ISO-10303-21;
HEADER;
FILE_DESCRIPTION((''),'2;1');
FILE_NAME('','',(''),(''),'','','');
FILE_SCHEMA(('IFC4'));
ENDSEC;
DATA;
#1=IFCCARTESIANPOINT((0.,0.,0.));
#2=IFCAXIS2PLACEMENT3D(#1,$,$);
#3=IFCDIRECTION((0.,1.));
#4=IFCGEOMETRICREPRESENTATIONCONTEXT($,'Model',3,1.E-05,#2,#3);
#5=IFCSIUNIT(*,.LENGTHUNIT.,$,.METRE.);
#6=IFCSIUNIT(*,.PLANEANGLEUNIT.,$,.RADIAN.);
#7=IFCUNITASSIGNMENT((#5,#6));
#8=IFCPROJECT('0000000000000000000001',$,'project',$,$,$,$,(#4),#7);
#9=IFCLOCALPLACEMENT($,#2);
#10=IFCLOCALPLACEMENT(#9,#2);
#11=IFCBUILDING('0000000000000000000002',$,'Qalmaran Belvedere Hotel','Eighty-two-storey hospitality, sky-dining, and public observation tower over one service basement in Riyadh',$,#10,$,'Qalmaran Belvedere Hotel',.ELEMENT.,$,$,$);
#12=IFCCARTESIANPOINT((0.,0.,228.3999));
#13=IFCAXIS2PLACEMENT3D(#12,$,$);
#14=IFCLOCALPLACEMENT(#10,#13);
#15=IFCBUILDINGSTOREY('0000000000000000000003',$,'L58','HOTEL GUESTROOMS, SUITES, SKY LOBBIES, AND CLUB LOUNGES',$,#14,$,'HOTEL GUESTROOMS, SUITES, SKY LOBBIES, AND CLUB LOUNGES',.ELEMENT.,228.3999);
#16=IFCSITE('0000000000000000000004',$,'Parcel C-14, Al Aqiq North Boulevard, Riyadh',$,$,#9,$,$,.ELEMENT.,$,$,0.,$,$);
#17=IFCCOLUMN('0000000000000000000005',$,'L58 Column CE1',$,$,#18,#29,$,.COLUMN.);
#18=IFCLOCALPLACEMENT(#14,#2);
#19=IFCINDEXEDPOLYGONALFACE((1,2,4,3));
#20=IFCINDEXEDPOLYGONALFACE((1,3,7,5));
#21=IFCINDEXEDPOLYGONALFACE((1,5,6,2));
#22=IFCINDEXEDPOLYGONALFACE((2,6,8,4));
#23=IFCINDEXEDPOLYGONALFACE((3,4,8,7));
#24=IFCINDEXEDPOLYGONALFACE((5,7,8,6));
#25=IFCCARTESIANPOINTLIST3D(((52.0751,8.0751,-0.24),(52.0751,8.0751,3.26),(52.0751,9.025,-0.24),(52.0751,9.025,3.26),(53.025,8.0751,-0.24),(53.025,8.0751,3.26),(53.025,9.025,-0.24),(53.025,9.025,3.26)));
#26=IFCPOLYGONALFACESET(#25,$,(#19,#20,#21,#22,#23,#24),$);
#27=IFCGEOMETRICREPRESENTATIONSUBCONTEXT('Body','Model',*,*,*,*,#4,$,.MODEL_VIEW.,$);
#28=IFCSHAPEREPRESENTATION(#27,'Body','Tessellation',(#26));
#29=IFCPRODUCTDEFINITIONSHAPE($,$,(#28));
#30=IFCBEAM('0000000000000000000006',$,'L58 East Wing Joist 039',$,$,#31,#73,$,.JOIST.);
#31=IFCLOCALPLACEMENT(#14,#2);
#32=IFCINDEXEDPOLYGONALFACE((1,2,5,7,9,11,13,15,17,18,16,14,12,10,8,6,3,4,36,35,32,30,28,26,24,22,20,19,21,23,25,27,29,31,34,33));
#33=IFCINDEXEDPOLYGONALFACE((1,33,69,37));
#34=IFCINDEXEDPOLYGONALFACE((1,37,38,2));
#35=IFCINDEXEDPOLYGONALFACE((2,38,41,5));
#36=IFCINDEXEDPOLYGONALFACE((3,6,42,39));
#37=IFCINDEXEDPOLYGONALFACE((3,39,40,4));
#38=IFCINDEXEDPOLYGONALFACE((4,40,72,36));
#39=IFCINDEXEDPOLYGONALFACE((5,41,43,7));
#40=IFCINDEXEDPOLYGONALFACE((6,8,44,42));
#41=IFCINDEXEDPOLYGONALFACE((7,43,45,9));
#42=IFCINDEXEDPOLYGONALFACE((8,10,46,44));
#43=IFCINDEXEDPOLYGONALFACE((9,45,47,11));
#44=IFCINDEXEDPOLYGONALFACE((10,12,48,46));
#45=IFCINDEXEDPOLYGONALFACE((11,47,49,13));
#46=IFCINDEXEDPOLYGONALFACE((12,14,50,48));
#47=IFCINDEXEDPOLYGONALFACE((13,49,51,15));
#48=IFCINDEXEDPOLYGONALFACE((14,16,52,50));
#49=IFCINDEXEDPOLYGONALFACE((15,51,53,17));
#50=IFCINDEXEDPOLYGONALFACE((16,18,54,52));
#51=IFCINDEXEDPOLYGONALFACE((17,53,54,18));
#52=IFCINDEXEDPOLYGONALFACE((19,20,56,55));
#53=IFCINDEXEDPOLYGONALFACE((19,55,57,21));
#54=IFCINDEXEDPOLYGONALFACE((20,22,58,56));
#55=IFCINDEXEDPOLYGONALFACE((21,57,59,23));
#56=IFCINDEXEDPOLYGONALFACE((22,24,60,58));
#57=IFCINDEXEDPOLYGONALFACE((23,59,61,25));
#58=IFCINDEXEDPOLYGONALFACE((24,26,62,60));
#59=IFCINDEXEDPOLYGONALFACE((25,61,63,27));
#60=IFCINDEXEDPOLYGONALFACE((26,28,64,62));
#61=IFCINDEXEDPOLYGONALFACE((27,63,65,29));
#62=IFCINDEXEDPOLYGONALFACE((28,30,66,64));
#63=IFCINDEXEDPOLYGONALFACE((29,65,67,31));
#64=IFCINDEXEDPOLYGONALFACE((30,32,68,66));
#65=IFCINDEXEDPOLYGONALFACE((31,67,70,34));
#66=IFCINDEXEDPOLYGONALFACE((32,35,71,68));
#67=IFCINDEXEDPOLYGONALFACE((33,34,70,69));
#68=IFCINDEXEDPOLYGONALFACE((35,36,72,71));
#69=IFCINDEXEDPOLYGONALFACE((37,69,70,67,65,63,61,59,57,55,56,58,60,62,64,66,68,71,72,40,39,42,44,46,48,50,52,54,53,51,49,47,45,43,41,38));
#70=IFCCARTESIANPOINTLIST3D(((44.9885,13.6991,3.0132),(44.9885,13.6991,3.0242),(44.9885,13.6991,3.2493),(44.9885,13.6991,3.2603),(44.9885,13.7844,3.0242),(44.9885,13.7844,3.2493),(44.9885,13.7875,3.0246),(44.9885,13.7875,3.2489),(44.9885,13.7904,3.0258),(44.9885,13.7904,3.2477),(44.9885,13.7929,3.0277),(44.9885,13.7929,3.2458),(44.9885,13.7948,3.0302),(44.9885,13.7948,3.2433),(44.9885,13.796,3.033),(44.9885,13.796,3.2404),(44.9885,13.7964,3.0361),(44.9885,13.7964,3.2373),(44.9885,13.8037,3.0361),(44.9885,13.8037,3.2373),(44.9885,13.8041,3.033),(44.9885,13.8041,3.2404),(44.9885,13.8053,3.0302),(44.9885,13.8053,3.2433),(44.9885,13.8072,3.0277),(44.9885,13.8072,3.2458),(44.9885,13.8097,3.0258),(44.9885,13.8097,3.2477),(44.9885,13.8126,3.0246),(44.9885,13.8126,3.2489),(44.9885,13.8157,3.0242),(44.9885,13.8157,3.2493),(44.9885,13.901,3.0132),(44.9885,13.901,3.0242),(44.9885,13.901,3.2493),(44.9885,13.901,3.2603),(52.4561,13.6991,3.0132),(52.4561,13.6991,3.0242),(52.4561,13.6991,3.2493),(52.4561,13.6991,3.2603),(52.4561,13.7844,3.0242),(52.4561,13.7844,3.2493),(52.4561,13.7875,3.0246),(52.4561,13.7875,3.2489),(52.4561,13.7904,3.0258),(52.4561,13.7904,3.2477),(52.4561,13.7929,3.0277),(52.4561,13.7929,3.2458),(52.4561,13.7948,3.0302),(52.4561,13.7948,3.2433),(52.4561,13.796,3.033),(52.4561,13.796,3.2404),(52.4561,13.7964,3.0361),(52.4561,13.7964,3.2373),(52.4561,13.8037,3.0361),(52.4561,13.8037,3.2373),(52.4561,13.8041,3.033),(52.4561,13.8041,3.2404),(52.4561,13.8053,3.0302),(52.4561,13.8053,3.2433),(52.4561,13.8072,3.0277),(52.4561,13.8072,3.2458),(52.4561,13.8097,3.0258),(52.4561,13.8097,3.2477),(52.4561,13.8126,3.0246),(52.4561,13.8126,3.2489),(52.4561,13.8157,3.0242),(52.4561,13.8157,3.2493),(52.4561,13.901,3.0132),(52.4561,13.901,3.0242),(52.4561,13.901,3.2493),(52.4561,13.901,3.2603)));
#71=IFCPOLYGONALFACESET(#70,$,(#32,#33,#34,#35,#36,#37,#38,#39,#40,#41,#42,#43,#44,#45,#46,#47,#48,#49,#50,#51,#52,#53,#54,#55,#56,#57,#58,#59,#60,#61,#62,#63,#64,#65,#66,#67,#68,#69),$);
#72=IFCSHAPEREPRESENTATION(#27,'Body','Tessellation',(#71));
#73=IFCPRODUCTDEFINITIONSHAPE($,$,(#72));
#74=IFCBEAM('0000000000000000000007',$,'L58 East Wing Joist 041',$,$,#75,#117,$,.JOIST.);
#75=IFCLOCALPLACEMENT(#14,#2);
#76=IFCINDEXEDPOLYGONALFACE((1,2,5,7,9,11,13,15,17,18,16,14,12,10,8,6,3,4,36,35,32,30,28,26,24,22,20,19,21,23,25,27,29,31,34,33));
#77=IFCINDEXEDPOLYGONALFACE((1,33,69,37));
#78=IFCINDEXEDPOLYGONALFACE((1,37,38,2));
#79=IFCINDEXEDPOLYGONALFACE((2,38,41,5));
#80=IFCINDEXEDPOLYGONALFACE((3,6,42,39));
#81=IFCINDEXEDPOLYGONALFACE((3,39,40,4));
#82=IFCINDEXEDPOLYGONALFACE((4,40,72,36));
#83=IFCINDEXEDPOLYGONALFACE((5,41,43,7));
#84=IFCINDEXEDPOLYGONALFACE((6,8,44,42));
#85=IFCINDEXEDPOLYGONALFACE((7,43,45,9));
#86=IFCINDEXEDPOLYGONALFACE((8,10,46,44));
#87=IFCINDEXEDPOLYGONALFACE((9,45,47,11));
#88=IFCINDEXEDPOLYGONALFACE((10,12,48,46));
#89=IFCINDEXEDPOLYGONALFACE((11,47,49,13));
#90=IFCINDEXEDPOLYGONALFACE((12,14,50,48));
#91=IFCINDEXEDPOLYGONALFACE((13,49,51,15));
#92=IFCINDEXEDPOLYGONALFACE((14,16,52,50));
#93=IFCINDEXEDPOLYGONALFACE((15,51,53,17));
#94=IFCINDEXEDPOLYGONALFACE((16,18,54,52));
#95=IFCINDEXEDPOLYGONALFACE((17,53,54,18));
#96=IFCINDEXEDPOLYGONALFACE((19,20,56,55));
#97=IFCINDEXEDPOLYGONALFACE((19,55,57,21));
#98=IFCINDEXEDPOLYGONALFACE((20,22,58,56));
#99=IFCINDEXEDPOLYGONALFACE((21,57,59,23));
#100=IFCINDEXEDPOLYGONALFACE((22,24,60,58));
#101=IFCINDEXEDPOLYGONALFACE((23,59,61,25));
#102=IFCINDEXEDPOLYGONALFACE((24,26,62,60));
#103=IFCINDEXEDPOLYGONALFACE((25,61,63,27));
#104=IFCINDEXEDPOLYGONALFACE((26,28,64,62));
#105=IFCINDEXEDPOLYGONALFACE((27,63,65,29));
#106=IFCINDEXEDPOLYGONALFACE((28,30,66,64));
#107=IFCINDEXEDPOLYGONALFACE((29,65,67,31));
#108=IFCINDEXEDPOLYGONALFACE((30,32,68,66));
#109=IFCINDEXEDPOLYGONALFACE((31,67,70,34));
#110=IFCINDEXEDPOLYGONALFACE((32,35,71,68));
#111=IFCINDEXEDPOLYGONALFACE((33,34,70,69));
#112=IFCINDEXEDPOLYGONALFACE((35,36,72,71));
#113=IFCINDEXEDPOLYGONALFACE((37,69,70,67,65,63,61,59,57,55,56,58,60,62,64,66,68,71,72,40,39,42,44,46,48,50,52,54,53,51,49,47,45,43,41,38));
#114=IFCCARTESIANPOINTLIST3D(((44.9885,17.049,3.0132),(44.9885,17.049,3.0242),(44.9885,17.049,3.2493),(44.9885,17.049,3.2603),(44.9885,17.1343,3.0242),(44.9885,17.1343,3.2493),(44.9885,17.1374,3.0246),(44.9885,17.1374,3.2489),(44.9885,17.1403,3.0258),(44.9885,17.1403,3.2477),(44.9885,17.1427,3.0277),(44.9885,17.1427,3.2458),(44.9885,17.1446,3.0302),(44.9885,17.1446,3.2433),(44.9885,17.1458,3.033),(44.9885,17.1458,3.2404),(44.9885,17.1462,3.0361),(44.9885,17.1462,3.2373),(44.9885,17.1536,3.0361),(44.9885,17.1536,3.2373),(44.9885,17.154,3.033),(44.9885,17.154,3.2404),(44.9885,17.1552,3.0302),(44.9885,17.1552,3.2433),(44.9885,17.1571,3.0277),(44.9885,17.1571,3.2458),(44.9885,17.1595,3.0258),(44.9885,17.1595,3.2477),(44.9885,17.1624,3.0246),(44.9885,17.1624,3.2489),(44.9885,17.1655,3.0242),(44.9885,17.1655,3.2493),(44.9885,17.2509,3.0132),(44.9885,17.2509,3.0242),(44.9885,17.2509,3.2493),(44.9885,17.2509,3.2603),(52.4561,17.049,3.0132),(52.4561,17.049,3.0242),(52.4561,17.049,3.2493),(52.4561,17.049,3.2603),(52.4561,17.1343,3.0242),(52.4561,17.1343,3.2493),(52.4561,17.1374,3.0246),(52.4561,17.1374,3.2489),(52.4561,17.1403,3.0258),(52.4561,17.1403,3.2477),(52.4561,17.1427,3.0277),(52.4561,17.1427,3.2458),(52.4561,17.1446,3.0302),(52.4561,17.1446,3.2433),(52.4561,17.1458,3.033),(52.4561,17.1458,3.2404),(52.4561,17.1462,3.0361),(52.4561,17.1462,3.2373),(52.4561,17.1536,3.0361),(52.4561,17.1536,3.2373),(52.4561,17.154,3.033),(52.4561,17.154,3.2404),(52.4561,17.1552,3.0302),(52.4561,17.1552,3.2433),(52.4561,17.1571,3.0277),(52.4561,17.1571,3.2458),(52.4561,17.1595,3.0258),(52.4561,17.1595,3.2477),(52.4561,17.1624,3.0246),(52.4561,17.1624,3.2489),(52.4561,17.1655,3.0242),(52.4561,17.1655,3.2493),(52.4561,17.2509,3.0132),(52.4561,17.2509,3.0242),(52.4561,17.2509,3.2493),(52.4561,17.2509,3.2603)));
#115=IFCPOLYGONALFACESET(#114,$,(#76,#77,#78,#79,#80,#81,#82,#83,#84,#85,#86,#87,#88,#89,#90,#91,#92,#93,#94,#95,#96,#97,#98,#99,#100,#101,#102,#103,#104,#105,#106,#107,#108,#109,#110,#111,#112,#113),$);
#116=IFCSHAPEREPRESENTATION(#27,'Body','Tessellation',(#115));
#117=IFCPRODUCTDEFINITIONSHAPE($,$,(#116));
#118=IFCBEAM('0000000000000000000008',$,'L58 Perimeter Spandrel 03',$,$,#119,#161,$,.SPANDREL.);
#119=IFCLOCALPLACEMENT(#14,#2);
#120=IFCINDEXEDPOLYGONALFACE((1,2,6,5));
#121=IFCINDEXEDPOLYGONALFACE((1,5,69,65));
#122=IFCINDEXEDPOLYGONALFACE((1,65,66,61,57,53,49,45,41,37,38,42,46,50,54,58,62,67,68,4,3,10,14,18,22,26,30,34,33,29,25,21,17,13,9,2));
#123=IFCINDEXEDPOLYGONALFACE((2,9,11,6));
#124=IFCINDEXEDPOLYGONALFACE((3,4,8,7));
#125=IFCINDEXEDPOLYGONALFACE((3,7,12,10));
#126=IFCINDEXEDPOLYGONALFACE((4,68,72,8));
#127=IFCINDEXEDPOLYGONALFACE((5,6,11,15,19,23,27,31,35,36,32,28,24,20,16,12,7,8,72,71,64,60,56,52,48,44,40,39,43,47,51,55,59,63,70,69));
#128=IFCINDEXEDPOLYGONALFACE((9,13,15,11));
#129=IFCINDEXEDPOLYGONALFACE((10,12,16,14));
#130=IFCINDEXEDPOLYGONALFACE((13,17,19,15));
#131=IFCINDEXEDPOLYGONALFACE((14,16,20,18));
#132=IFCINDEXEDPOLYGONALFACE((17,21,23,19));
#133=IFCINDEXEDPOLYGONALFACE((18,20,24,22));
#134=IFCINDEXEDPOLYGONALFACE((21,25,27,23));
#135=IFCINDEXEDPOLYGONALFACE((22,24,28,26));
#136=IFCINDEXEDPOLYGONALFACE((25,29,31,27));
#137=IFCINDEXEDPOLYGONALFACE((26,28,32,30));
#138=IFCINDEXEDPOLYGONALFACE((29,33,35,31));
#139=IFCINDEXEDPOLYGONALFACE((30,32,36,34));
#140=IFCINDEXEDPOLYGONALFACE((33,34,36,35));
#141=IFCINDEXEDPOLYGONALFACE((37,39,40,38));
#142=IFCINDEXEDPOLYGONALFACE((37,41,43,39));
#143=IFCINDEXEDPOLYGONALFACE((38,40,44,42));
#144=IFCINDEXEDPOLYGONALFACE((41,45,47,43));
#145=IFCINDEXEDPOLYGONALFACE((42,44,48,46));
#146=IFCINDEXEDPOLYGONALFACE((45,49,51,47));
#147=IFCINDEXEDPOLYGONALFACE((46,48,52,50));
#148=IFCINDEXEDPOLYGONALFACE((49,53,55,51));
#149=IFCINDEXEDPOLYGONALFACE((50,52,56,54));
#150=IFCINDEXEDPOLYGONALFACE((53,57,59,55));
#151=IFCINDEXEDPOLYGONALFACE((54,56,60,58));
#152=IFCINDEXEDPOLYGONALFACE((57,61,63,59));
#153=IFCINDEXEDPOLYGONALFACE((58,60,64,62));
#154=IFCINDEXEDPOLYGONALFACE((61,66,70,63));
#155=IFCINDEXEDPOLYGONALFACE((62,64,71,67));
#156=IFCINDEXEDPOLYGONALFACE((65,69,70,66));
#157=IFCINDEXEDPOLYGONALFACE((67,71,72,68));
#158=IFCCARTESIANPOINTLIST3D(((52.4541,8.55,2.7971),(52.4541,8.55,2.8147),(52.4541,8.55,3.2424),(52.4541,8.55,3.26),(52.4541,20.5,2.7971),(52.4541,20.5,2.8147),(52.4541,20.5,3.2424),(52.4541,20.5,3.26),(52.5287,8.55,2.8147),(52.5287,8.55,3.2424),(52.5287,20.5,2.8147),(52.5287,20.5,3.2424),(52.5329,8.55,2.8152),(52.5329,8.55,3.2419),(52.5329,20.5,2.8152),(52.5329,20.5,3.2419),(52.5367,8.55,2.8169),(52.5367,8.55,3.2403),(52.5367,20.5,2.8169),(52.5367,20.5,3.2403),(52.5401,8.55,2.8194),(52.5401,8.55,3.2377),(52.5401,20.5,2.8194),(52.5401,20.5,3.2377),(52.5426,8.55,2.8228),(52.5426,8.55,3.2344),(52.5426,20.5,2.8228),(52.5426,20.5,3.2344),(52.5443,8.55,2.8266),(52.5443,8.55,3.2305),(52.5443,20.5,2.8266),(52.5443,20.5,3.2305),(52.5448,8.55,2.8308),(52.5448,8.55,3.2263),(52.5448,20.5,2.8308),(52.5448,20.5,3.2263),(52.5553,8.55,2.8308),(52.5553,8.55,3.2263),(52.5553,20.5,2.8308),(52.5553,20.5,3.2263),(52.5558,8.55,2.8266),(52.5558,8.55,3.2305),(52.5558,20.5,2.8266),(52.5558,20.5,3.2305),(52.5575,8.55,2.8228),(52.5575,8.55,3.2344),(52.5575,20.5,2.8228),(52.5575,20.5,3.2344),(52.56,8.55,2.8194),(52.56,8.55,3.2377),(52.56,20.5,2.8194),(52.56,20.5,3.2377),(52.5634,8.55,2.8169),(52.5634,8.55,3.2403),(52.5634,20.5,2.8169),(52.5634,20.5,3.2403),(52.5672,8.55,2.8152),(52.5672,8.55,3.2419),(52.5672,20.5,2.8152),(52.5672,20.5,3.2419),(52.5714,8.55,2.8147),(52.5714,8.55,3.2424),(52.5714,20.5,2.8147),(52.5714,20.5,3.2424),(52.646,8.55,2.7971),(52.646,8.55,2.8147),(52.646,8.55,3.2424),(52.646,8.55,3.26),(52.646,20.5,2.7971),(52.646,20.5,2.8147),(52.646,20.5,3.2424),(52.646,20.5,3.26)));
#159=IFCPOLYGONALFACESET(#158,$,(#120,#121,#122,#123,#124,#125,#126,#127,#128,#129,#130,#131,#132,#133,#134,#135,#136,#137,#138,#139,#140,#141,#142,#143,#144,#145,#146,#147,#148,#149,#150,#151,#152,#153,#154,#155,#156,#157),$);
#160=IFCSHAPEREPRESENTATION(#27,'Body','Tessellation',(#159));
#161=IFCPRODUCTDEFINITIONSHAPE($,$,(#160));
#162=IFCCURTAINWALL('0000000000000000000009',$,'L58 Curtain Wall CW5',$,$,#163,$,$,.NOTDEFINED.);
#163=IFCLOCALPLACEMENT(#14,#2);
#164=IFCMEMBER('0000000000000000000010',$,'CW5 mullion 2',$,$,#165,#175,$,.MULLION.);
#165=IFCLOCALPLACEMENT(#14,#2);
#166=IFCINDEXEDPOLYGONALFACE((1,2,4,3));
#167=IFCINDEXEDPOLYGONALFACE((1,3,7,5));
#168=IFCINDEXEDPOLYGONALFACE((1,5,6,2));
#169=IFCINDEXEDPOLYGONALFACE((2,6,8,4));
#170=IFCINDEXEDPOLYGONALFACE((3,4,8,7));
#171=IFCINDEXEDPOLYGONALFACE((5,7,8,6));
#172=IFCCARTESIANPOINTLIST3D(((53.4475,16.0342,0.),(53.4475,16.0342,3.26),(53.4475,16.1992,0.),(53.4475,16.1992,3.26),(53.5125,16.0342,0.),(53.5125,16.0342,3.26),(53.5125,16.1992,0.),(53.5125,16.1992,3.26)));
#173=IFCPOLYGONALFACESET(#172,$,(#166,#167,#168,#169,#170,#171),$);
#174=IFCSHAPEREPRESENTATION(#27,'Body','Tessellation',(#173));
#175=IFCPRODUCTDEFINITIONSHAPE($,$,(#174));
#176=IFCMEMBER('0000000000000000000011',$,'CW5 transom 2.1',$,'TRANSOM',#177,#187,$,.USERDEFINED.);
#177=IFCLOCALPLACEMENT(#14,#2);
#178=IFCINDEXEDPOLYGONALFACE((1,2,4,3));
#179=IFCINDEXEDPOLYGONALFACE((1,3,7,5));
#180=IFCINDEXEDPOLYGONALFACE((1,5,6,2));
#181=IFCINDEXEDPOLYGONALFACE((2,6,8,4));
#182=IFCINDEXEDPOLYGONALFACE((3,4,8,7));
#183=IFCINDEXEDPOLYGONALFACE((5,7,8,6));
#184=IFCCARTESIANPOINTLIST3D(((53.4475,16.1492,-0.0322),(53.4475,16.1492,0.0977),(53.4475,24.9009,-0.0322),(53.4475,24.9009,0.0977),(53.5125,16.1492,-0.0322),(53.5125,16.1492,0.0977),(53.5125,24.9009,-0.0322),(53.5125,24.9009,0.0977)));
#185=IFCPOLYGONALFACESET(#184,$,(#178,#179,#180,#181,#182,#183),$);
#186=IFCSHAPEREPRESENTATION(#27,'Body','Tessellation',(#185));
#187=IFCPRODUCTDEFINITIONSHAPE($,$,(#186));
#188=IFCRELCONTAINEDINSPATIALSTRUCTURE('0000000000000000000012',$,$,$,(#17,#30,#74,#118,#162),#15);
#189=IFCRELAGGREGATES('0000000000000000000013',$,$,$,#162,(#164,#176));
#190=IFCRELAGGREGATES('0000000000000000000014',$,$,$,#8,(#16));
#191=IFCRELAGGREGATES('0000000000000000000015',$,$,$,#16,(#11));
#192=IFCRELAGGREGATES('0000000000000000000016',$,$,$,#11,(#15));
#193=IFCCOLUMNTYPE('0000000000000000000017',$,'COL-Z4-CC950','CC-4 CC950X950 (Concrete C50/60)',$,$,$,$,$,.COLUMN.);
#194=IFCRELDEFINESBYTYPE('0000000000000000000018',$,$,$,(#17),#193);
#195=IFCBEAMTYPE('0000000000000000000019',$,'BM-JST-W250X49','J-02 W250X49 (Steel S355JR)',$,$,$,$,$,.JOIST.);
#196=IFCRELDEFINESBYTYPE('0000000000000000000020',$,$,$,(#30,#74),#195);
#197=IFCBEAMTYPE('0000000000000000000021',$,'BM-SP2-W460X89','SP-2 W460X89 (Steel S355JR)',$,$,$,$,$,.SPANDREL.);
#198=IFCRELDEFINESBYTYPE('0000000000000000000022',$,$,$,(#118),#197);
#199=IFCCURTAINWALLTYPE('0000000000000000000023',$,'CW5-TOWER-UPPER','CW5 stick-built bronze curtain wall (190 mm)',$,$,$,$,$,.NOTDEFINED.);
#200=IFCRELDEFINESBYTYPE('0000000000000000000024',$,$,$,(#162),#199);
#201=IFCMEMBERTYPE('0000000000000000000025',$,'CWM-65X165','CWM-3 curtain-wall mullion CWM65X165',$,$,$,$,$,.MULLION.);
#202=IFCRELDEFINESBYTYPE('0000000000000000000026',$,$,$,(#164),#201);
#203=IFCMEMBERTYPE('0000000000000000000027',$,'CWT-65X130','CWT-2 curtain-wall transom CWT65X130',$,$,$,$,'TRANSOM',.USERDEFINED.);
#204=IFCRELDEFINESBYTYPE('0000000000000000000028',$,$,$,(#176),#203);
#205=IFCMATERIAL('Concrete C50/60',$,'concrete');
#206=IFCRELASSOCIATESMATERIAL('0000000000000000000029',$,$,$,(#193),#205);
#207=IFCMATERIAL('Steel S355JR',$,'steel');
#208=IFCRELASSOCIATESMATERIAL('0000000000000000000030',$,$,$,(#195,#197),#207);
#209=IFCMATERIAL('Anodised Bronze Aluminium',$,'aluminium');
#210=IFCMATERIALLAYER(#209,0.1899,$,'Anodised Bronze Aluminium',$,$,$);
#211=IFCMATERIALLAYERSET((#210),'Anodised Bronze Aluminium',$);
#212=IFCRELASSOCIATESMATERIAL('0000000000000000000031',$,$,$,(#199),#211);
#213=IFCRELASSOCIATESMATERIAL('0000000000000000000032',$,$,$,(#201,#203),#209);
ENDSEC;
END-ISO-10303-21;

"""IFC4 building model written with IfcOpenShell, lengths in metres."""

from ifc_helpers import new_model, si_unit, direction, frame, origin, origin_2d, place, context, subcontext, project, spatial, rectangle, i_section, extrude, material, layer, layer_set, material_profile, profile_set, type_object, element, aggregate, save


model = new_model("IFC4")

# Units and contexts
model_context = context("Model", 3, precision=1e-05, world=origin(), true_north=direction((0.0, 1.0)))
body_context = subcontext(model_context, "Body", "Model", "MODEL_VIEW")
ifc_project = project(units=[si_unit("LENGTHUNIT", "METRE"), si_unit("PLANEANGLEUNIT", "RADIAN")], contexts=[model_context])

# Site, building, storey
site_placement = place(None, origin())
site = spatial("IfcSite", under=ifc_project, at=site_placement, Name="Parcel C-14, Al Aqiq North Boulevard, Riyadh", CompositionType="ELEMENT", RefElevation=0.0)
building_placement = place(site_placement, origin())
building = spatial("IfcBuilding", under=site, at=building_placement, Name="Qalmaran Belvedere Hotel", Description="Eighty-two-storey hospitality, sky-dining, and public observation tower over one service basement in Riyadh", LongName="Qalmaran Belvedere Hotel", CompositionType="ELEMENT")
storey_placement = place(building_placement, frame((0.0, 0.0, 228.3999)))
storey = spatial("IfcBuildingStorey", under=building, at=storey_placement, Name="L58", Description="HOTEL GUESTROOMS, SUITES, SKY LOBBIES, AND CLUB LOUNGES", LongName="HOTEL GUESTROOMS, SUITES, SKY LOBBIES, AND CLUB LOUNGES", CompositionType="ELEMENT", Elevation=228.3999)

# Column
ifc_material_1 = material(Name="Concrete C50/60", Category="concrete")
ifc_material_profile_1 = material_profile(ifc_material_1, rectangle(XDim=0.95, YDim=0.95, at=origin_2d()), Name="CC950X950")
ifc_profile_set_1 = profile_set([ifc_material_profile_1], Name="Concrete C50/60")
column_type = type_object("IfcColumnType", Name="COL-Z4-CC950", Description="CC-4 CC950X950 (Concrete C50/60)", PredefinedType="COLUMN", material=ifc_profile_set_1)
column_placement = place(storey_placement, frame((52.55, 8.55, -0.24), z_axis=(0.0, 0.0, 1.0), x_axis=(1.0, 0.0, 0.0)))
element("IfcColumn", 1, at=column_placement, inside=storey, type_object=column_type, Name="L58 Column CE1", PredefinedType="COLUMN", context=body_context, shape_type="SweptSolid", body=[
    extrude(rectangle(XDim=0.95, YDim=0.95, at=origin_2d()), origin(), (0.0, 0.0, 1.0), 3.5),
])

# Beams
ifc_material_2 = material(Name="Steel S355JR", Category="steel")
ifc_material_profile_2 = material_profile(ifc_material_2, i_section(OverallWidth=0.2019, OverallDepth=0.2471, WebThickness=0.0073, FlangeThickness=0.011, FilletRadius=0.012, at=origin_2d()), Name="W250X49")
ifc_profile_set_2 = profile_set([ifc_material_profile_2], Name="Steel S355JR")
beam_type_1 = type_object("IfcBeamType", Name="BM-JST-W250X49", Description="J-02 W250X49 (Steel S355JR)", PredefinedType="JOIST", material=ifc_profile_set_2)
for number, where, z_axis, x_axis, name in (
    (2, (44.9885, 13.8, 3.1367), (1.0, 0.0, 0.0), (0.0, 1.0, 0.0), "L58 East Wing Joist 039"),
    (3, (44.9885, 17.1499, 3.1367), (1.0, 0.0, 0.0), (0.0, 1.0, 0.0), "L58 East Wing Joist 041"),
):
    element("IfcBeam", number, at=place(storey_placement, frame(where, z_axis=z_axis, x_axis=x_axis)), inside=storey, type_object=beam_type_1, Name=name, PredefinedType="JOIST", context=body_context, shape_type="SweptSolid", body=[
        extrude(i_section(OverallWidth=0.2019, OverallDepth=0.2471, WebThickness=0.0073, FlangeThickness=0.011, FilletRadius=0.012, at=origin_2d()), origin(), (0.0, 0.0, 1.0), 7.4675),
    ])
ifc_material_profile_3 = material_profile(ifc_material_2, i_section(OverallWidth=0.1919, OverallDepth=0.4629, WebThickness=0.0105, FlangeThickness=0.0176, FilletRadius=0.0161, at=origin_2d()), Name="W460X89")
ifc_profile_set_3 = profile_set([ifc_material_profile_3], Name="Steel S355JR")
beam_type_2 = type_object("IfcBeamType", Name="BM-SP2-W460X89", Description="SP-2 W460X89 (Steel S355JR)", PredefinedType="SPANDREL", material=ifc_profile_set_3)
beam_placement = place(storey_placement, frame((52.55, 8.55, 3.0286), z_axis=(0.0, 1.0, 0.0), x_axis=(-1.0, 0.0, 0.0)))
element("IfcBeam", 4, at=beam_placement, inside=storey, type_object=beam_type_2, Name="L58 Perimeter Spandrel 03", PredefinedType="SPANDREL", context=body_context, shape_type="SweptSolid", body=[
    extrude(i_section(OverallWidth=0.1919, OverallDepth=0.4629, WebThickness=0.0105, FlangeThickness=0.0176, FilletRadius=0.0161, at=origin_2d()), origin(), (0.0, 0.0, 1.0), 11.95),
])

# Curtain wall, members
ifc_material_3 = material(Name="Anodised Bronze Aluminium", Category="aluminium")
ifc_layer_1 = layer(ifc_material_3, 0.1899, Name="Anodised Bronze Aluminium")
ifc_layer_set_1 = layer_set([ifc_layer_1], Name="Anodised Bronze Aluminium")
curtain_wall_type = type_object("IfcCurtainWallType", Name="CW5-TOWER-UPPER", Description="CW5 stick-built bronze curtain wall (190 mm)", PredefinedType="NOTDEFINED", material=ifc_layer_set_1)
curtain_wall_placement = place(storey_placement, origin())
curtain_wall = element("IfcCurtainWall", 5, at=curtain_wall_placement, inside=storey, type_object=curtain_wall_type, Name="L58 Curtain Wall CW5", PredefinedType="NOTDEFINED")
ifc_material_profile_4 = material_profile(ifc_material_3, rectangle(XDim=0.0649, YDim=0.165, at=origin_2d()), Name="CWM65X165")
ifc_profile_set_4 = profile_set([ifc_material_profile_4], Name="Anodised Bronze Aluminium")
member_type_1 = type_object("IfcMemberType", Name="CWM-65X165", Description="CWM-3 curtain-wall mullion CWM65X165", PredefinedType="MULLION", material=ifc_profile_set_4)
member_1_placement = place(storey_placement, frame((53.48, 16.1167, 0.0), z_axis=(0.0, 0.0, 1.0), x_axis=(-1.0, 0.0, 0.0)))
member_1 = element("IfcMember", 6, at=member_1_placement, type_object=member_type_1, Name="CW5 mullion 2", PredefinedType="MULLION", context=body_context, shape_type="SweptSolid", body=[
    extrude(rectangle(XDim=0.0649, YDim=0.165, at=origin_2d()), origin(), (0.0, 0.0, 1.0), 3.26),
])
ifc_material_profile_5 = material_profile(ifc_material_3, rectangle(XDim=0.0649, YDim=0.1299, at=origin_2d()), Name="CWT65X130")
ifc_profile_set_5 = profile_set([ifc_material_profile_5], Name="Anodised Bronze Aluminium")
member_type_2 = type_object("IfcMemberType", Name="CWT-65X130", Description="CWT-2 curtain-wall transom CWT65X130", ElementType="TRANSOM", PredefinedType="USERDEFINED", material=ifc_profile_set_5)
member_2_placement = place(storey_placement, frame((53.48, 16.1492, 0.0327), z_axis=(0.0, 1.0, 0.0), x_axis=(-1.0, 0.0, 0.0)))
member_2 = element("IfcMember", 7, at=member_2_placement, type_object=member_type_2, Name="CW5 transom 2.1", ObjectType="TRANSOM", PredefinedType="USERDEFINED", context=body_context, shape_type="SweptSolid", body=[
    extrude(rectangle(XDim=0.0649, YDim=0.1299, at=origin_2d()), origin(), (0.0, 0.0, 1.0), 8.7517),
])
aggregate(curtain_wall, [member_1, member_2])

save(model, "model.ifc")
